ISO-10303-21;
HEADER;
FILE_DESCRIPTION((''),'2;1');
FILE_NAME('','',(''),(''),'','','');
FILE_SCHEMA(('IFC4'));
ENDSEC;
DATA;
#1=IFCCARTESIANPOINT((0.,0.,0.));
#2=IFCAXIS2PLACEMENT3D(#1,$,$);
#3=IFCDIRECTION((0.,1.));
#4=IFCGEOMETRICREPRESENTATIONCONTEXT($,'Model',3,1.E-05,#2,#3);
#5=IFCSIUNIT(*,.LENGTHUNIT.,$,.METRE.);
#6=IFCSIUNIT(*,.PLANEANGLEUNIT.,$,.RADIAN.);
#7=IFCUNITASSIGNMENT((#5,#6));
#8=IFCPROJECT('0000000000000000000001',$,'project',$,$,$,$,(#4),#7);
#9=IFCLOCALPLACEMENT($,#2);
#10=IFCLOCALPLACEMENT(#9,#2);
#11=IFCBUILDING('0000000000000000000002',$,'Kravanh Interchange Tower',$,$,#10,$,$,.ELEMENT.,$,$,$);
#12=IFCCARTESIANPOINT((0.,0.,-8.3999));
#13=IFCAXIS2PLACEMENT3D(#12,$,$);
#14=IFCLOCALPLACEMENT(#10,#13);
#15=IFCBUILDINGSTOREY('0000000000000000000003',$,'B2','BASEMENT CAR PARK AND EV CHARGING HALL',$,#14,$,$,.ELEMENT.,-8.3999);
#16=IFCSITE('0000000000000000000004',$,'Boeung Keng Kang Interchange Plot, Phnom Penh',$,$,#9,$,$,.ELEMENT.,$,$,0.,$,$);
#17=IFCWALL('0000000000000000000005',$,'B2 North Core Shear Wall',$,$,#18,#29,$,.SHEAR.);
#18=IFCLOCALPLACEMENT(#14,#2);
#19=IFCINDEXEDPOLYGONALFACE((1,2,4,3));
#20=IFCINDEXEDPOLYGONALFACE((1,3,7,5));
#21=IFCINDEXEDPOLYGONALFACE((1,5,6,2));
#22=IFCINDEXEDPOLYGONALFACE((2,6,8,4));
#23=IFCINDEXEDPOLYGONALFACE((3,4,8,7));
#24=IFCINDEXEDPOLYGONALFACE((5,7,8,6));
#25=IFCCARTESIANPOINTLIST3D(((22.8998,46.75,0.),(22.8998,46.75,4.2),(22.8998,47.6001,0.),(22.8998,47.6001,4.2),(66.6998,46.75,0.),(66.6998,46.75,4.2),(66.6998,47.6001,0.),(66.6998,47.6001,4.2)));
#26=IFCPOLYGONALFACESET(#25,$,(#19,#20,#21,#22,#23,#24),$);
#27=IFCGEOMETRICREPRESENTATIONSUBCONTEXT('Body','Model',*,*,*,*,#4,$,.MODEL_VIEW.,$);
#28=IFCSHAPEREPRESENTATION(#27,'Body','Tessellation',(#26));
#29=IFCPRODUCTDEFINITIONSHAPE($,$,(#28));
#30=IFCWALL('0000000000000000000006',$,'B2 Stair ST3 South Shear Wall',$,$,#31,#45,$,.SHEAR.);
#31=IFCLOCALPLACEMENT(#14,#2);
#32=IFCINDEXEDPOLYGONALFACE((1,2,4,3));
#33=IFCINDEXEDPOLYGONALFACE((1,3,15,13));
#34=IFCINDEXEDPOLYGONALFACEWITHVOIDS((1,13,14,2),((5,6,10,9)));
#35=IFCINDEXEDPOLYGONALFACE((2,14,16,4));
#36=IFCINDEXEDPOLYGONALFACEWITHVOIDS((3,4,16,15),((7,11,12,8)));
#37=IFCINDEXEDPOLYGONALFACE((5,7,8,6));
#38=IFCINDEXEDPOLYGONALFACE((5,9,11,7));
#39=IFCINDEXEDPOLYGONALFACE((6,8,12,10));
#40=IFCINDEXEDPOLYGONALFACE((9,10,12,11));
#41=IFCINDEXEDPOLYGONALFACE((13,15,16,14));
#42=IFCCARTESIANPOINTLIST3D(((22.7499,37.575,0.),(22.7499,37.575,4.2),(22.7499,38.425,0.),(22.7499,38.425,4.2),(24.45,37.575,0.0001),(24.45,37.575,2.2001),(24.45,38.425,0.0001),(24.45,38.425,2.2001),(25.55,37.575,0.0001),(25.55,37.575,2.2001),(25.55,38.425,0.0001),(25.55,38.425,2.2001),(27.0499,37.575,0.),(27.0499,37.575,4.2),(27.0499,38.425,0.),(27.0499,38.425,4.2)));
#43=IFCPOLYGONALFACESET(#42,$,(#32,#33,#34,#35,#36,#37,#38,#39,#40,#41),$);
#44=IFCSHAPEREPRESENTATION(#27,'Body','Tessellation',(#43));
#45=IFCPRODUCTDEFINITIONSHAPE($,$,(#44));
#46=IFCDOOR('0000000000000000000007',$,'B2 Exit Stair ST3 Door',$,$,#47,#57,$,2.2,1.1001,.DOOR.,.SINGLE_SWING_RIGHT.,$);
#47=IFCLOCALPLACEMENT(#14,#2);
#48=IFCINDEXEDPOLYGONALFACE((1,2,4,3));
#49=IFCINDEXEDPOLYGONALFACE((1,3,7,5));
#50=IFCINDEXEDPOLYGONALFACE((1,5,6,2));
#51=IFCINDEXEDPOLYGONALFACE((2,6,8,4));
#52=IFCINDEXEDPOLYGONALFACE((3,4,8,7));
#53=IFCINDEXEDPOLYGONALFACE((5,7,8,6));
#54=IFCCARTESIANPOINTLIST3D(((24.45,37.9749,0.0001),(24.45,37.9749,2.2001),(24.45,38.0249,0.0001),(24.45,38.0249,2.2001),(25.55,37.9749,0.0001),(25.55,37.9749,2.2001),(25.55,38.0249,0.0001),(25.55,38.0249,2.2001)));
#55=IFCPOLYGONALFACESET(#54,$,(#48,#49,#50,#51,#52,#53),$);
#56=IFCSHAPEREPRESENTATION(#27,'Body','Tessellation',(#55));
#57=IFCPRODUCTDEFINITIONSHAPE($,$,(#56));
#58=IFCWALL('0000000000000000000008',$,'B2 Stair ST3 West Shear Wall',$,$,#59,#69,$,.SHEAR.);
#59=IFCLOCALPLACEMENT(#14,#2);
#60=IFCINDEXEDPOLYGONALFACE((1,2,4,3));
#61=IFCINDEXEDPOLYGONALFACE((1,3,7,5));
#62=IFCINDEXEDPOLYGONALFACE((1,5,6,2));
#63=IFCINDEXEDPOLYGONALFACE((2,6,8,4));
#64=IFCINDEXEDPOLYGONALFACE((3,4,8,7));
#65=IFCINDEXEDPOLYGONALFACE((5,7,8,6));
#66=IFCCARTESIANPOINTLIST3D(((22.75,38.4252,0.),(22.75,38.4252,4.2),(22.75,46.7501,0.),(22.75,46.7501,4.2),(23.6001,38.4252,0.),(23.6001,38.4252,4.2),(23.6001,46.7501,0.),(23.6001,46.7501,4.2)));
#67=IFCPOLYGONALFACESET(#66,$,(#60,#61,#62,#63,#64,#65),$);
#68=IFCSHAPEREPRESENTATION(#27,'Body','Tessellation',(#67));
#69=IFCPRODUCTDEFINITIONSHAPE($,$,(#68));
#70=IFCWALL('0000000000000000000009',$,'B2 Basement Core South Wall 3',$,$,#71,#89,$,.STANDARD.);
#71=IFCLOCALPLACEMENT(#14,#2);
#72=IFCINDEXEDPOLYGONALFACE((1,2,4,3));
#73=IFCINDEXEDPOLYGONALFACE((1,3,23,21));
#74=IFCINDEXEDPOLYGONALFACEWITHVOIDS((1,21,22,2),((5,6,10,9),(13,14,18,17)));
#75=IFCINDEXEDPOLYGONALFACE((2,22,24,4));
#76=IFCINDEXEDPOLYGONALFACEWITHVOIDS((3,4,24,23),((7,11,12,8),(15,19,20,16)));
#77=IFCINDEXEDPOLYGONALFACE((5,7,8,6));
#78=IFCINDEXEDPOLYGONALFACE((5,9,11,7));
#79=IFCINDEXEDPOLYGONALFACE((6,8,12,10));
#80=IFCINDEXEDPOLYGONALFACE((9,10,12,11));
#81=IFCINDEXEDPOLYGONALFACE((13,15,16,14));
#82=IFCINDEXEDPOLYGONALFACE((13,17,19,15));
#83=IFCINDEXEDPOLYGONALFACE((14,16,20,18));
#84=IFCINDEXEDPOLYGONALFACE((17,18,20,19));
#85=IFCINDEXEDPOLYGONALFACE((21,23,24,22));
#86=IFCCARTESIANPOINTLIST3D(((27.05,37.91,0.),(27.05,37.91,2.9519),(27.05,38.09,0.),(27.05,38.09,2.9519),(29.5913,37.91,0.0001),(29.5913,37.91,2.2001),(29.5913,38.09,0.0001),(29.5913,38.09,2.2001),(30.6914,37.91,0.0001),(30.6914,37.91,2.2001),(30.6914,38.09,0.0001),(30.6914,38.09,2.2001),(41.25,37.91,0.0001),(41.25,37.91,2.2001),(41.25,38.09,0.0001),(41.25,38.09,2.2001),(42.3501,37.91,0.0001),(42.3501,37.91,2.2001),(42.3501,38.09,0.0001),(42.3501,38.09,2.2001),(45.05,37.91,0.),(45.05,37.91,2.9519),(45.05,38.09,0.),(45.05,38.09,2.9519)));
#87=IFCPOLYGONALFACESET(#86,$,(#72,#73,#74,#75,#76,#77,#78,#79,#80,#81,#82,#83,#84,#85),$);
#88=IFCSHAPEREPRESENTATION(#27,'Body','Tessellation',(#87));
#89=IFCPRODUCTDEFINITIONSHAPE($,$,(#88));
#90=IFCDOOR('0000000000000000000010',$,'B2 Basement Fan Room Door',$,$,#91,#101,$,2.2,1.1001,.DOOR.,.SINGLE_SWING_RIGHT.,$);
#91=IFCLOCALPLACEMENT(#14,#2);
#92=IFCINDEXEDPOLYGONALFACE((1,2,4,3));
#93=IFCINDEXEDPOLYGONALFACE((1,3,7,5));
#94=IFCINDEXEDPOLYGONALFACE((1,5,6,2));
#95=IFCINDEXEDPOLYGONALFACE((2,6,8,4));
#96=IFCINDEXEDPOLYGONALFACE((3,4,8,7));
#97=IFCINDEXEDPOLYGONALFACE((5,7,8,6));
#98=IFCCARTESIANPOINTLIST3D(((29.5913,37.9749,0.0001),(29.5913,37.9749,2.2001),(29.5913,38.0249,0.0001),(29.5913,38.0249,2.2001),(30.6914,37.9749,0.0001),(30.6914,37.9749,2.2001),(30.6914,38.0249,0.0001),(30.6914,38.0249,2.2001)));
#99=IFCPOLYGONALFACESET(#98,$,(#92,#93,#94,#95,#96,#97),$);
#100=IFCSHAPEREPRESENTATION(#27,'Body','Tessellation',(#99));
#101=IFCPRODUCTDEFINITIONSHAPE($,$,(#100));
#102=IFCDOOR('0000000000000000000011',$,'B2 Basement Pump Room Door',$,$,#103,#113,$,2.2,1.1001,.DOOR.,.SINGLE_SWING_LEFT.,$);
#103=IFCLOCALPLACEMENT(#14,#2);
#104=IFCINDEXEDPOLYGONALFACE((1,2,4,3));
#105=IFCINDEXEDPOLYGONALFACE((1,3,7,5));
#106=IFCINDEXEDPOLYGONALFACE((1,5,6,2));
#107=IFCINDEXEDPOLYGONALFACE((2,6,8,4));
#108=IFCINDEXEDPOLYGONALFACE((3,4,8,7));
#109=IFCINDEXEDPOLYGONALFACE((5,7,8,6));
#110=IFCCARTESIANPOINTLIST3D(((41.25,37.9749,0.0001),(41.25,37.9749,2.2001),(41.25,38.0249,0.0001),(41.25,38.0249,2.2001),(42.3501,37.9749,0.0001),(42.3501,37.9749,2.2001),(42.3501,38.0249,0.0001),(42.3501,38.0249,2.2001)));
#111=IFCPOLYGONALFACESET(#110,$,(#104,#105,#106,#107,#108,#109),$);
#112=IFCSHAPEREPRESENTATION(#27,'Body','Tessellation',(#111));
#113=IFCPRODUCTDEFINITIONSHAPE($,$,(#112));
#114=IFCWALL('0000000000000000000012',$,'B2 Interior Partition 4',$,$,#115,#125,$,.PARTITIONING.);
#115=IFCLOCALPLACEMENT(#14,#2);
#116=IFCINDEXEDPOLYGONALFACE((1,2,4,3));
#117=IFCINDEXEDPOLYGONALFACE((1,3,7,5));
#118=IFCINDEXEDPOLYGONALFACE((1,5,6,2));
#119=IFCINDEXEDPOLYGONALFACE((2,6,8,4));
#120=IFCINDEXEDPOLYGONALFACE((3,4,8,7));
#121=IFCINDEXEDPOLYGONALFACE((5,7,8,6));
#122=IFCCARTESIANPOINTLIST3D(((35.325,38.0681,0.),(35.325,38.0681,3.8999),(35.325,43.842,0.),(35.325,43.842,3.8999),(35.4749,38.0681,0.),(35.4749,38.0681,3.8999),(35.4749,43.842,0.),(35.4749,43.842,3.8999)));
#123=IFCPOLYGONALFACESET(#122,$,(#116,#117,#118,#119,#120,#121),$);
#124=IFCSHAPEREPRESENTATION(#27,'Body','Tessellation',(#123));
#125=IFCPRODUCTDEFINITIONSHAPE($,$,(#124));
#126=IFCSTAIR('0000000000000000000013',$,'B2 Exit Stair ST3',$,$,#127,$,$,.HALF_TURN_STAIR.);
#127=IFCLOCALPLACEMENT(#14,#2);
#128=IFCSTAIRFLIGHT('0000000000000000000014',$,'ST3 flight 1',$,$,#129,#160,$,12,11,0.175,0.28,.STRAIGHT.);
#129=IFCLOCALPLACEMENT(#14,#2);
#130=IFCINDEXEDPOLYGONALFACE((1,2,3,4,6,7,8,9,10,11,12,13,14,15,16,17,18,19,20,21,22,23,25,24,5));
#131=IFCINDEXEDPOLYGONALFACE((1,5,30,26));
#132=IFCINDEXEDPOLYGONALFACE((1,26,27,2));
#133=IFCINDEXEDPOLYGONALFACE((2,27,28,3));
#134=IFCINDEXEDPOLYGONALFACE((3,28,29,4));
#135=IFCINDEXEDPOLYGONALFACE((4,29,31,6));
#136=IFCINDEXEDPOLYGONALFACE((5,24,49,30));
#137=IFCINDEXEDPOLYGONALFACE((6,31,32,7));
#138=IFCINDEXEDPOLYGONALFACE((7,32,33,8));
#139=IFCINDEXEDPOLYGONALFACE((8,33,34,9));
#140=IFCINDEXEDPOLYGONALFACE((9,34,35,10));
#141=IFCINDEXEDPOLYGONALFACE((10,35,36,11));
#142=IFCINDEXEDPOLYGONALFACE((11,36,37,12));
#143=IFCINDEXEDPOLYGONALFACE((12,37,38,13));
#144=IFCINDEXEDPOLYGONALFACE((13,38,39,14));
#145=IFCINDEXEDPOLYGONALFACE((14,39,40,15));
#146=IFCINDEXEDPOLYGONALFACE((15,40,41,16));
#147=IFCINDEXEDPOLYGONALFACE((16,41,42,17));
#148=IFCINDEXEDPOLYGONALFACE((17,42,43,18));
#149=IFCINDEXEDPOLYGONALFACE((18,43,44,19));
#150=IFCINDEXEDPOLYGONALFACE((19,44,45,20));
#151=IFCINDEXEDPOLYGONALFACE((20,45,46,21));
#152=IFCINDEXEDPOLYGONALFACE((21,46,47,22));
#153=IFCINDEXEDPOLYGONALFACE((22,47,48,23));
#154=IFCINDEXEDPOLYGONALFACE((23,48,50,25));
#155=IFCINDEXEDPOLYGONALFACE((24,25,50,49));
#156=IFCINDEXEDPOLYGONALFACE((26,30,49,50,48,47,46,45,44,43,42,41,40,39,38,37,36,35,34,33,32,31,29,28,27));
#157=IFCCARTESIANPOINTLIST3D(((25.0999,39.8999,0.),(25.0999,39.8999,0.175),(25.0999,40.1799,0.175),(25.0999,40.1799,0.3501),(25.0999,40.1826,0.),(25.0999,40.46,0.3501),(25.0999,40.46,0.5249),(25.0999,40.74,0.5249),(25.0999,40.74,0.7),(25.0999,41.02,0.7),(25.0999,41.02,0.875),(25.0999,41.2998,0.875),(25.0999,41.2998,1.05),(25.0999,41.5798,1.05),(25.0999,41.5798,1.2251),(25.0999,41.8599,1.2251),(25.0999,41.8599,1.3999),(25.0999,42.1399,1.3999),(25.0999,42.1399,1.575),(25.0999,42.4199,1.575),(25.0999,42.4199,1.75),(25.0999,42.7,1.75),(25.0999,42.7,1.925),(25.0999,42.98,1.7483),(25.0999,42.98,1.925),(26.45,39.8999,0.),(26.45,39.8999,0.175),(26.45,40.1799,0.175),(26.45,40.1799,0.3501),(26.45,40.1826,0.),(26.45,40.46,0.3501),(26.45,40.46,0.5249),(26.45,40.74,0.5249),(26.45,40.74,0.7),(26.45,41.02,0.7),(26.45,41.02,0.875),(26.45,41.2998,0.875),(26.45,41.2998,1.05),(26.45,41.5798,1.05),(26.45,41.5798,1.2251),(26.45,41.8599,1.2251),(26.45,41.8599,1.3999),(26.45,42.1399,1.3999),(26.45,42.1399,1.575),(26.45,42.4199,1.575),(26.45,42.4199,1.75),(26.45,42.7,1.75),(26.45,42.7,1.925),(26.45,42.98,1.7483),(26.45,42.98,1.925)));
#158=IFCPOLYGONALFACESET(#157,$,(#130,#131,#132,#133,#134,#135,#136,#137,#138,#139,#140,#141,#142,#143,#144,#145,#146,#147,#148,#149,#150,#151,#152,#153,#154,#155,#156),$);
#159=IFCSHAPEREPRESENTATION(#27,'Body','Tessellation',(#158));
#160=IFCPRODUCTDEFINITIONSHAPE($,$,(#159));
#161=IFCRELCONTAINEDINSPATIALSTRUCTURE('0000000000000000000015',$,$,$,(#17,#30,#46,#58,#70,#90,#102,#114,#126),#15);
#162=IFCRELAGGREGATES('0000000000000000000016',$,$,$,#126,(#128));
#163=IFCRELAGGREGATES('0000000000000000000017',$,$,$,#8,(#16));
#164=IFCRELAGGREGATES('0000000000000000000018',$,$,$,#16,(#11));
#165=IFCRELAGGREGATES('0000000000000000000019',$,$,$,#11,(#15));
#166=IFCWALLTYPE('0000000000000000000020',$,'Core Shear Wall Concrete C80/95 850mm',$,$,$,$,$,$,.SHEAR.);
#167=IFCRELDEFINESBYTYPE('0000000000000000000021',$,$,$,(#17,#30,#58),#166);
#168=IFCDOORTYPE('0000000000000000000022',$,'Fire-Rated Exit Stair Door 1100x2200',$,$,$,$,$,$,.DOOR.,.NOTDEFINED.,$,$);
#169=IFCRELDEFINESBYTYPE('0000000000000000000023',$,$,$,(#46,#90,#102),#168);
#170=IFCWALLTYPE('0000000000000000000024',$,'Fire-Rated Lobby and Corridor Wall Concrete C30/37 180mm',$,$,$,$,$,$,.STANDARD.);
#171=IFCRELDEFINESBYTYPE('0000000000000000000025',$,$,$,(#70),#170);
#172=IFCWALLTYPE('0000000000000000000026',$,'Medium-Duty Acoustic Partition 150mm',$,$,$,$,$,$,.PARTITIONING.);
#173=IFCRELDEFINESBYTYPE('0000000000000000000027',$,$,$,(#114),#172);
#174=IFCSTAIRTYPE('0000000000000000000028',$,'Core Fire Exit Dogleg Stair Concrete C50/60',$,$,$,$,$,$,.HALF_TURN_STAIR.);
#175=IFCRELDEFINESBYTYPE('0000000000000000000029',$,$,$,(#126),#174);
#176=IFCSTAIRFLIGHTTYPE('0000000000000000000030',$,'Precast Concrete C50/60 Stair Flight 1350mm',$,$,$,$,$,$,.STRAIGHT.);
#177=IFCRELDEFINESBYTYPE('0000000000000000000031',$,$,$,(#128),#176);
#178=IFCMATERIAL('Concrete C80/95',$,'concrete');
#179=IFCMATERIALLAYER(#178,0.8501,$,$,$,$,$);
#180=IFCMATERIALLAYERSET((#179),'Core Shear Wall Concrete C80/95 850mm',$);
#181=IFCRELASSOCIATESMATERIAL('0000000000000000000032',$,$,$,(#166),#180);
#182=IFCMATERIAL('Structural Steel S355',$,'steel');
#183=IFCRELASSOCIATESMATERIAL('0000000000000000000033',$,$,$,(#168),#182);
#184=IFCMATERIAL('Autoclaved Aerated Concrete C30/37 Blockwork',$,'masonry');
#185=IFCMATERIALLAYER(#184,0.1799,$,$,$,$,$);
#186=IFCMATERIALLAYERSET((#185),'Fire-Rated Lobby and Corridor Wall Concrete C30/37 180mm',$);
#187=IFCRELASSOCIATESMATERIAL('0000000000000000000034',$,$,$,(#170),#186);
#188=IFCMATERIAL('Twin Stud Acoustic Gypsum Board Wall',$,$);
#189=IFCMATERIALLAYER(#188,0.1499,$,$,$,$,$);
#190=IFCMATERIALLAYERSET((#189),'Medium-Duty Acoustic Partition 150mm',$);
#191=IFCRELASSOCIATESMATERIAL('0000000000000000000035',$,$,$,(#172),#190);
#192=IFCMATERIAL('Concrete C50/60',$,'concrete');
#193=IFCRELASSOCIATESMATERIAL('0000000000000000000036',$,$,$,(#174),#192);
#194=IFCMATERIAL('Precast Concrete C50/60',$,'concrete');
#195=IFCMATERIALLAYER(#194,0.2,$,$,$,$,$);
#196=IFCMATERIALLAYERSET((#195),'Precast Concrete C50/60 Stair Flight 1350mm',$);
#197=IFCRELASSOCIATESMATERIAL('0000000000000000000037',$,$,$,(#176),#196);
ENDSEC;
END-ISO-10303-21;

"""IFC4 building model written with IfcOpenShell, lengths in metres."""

from ifc_helpers import new_model, si_unit, direction, frame, frame_2d, origin, place, context, subcontext, project, spatial, polyline, rectangle, outline, extrude, material, layer, layer_set, type_object, element, fill, aggregate, save


model = new_model("IFC4")

# Units and contexts
model_context = context("Model", 3, precision=1e-05, world=origin(), true_north=direction((0.0, 1.0)))
body_context = subcontext(model_context, "Body", "Model", "MODEL_VIEW")
ifc_project = project(units=[si_unit("LENGTHUNIT", "METRE"), si_unit("PLANEANGLEUNIT", "RADIAN")], contexts=[model_context])

# Site, building, storey
site_placement = place(None, origin())
site = spatial("IfcSite", under=ifc_project, at=site_placement, Name="Boeung Keng Kang Interchange Plot, Phnom Penh", CompositionType="ELEMENT", RefElevation=0.0)
building_placement = place(site_placement, origin())
building = spatial("IfcBuilding", under=site, at=building_placement, Name="Kravanh Interchange Tower", CompositionType="ELEMENT")
storey_placement = place(building_placement, frame((0.0, 0.0, -8.3999)))
storey = spatial("IfcBuildingStorey", under=building, at=storey_placement, Name="B2", Description="BASEMENT CAR PARK AND EV CHARGING HALL", CompositionType="ELEMENT", Elevation=-8.3999)

# Wall
ifc_material_1 = material(Name="Concrete C80/95", Category="concrete")
ifc_layer_1 = layer(ifc_material_1, 0.8501)
ifc_layer_set_1 = layer_set([ifc_layer_1], Name="Core Shear Wall Concrete C80/95 850mm")
wall_type_1 = type_object("IfcWallType", Name="Core Shear Wall Concrete C80/95 850mm", PredefinedType="SHEAR", material=ifc_layer_set_1)
wall_1_placement = place(storey_placement, frame((22.8999, 47.175, 0.0), z_axis=(0.0, 0.0, 1.0), x_axis=(1.0, 0.0, 0.0)))
element("IfcWall", 1, at=wall_1_placement, inside=storey, type_object=wall_type_1, Name="B2 North Core Shear Wall", PredefinedType="SHEAR", context=body_context, shape_type="SweptSolid", body=[
    extrude(rectangle(XDim=43.8, YDim=0.8501, at=frame_2d((21.8999, 0.0))), origin(), (0.0, 0.0, 1.0), 4.2),
])

# Wall, opening, door
wall_2_placement = place(storey_placement, frame((22.75, 38.0, 0.0), z_axis=(0.0, 0.0, 1.0), x_axis=(1.0, 0.0, 0.0)))
wall_2 = element("IfcWall", 2, at=wall_2_placement, inside=storey, type_object=wall_type_1, Name="B2 Stair ST3 South Shear Wall", PredefinedType="SHEAR", context=body_context, shape_type="SweptSolid", body=[
    extrude(rectangle(XDim=4.3, YDim=0.8501, at=frame_2d((2.1499, 0.0))), origin(), (0.0, 0.0, 1.0), 4.2),
])
opening_1_placement = place(wall_2_placement, frame((1.7, 0.0, 0.0)))
opening_1 = element("IfcOpeningElement", 3, at=opening_1_placement, cuts=wall_2, PredefinedType="OPENING", context=body_context, shape_type="SweptSolid", body=[
    extrude(rectangle(XDim=1.1001, YDim=2.2, at=frame_2d((0.55, 1.1001))), frame((0.0, 0.4351, 0.0), z_axis=(0.0, -1.0, 0.0), x_axis=(1.0, 0.0, 0.0)), (0.0, 0.0, 1.0), 0.8701),
])
ifc_material_2 = material(Name="Structural Steel S355", Category="steel")
door_type = type_object("IfcDoorType", Name="Fire-Rated Exit Stair Door 1100x2200", OperationType="NOTDEFINED", PredefinedType="DOOR", material=ifc_material_2)
door_1_placement = place(opening_1_placement, origin())
door_1 = element("IfcDoor", 4, at=door_1_placement, inside=storey, type_object=door_type, Name="B2 Exit Stair ST3 Door", OperationType="SINGLE_SWING_RIGHT", OverallHeight=2.2, OverallWidth=1.1001, PredefinedType="DOOR", context=body_context, shape_type="SweptSolid", body=[
    extrude(rectangle(XDim=1.1001, YDim=2.2, at=frame_2d((0.55, 1.1001))), frame((0.0, 0.0249, 0.0), z_axis=(0.0, -1.0, 0.0), x_axis=(1.0, 0.0, 0.0)), (0.0, 0.0, 1.0), 0.05),
])
fill(opening_1, door_1)

# Wall
wall_3_placement = place(storey_placement, frame((23.175, 38.425, 0.0), z_axis=(0.0, 0.0, 1.0), x_axis=(0.0, 1.0, 0.0)))
element("IfcWall", 5, at=wall_3_placement, inside=storey, type_object=wall_type_1, Name="B2 Stair ST3 West Shear Wall", PredefinedType="SHEAR", context=body_context, shape_type="SweptSolid", body=[
    extrude(rectangle(XDim=8.325, YDim=0.8501, at=frame_2d((4.1626, 0.0))), origin(), (0.0, 0.0, 1.0), 4.2),
])

# Wall, openings, doors
ifc_material_3 = material(Name="Autoclaved Aerated Concrete C30/37 Blockwork", Category="masonry")
ifc_layer_2 = layer(ifc_material_3, 0.1799)
ifc_layer_set_2 = layer_set([ifc_layer_2], Name="Fire-Rated Lobby and Corridor Wall Concrete C30/37 180mm")
wall_type_2 = type_object("IfcWallType", Name="Fire-Rated Lobby and Corridor Wall Concrete C30/37 180mm", PredefinedType="STANDARD", material=ifc_layer_set_2)
wall_4_placement = place(storey_placement, frame((27.05, 38.0, 0.0), z_axis=(0.0, 0.0, 1.0), x_axis=(1.0, 0.0, 0.0)))
wall_4 = element("IfcWall", 6, at=wall_4_placement, inside=storey, type_object=wall_type_2, Name="B2 Basement Core South Wall 3", PredefinedType="STANDARD", context=body_context, shape_type="SweptSolid", body=[
    extrude(rectangle(XDim=18.0, YDim=0.1799, at=frame_2d((9.0, 0.0))), origin(), (0.0, 0.0, 1.0), 2.9519),
])
opening_2_placement = place(wall_4_placement, frame((2.5413, 0.0, 0.0)))
opening_2 = element("IfcOpeningElement", 7, at=opening_2_placement, cuts=wall_4, PredefinedType="OPENING", context=body_context, shape_type="SweptSolid", body=[
    extrude(rectangle(XDim=1.1001, YDim=2.2, at=frame_2d((0.55, 1.1001))), frame((0.0, 0.1001, 0.0), z_axis=(0.0, -1.0, 0.0), x_axis=(1.0, 0.0, 0.0)), (0.0, 0.0, 1.0), 0.2),
])
opening_3_placement = place(wall_4_placement, frame((14.2, 0.0, 0.0)))
opening_3 = element("IfcOpeningElement", 8, at=opening_3_placement, cuts=wall_4, PredefinedType="OPENING", context=body_context, shape_type="SweptSolid", body=[
    extrude(rectangle(XDim=1.1001, YDim=2.2, at=frame_2d((0.55, 1.1001))), frame((0.0, 0.1001, 0.0), z_axis=(0.0, -1.0, 0.0), x_axis=(1.0, 0.0, 0.0)), (0.0, 0.0, 1.0), 0.2),
])
door_2_placement = place(opening_2_placement, origin())
door_2 = element("IfcDoor", 9, at=door_2_placement, inside=storey, type_object=door_type, Name="B2 Basement Fan Room Door", OperationType="SINGLE_SWING_RIGHT", OverallHeight=2.2, OverallWidth=1.1001, PredefinedType="DOOR", context=body_context, shape_type="SweptSolid", body=[
    extrude(rectangle(XDim=1.1001, YDim=2.2, at=frame_2d((0.55, 1.1001))), frame((0.0, 0.0249, 0.0), z_axis=(0.0, -1.0, 0.0), x_axis=(1.0, 0.0, 0.0)), (0.0, 0.0, 1.0), 0.05),
])
fill(opening_2, door_2)
door_3_placement = place(opening_3_placement, origin())
door_3 = element("IfcDoor", 10, at=door_3_placement, inside=storey, type_object=door_type, Name="B2 Basement Pump Room Door", OperationType="SINGLE_SWING_LEFT", OverallHeight=2.2, OverallWidth=1.1001, PredefinedType="DOOR", context=body_context, shape_type="SweptSolid", body=[
    extrude(rectangle(XDim=1.1001, YDim=2.2, at=frame_2d((0.55, 1.1001))), frame((0.0, 0.0249, 0.0), z_axis=(0.0, -1.0, 0.0), x_axis=(1.0, 0.0, 0.0)), (0.0, 0.0, 1.0), 0.05),
])
fill(opening_3, door_3)

# Wall
ifc_material_4 = material(Name="Twin Stud Acoustic Gypsum Board Wall")
ifc_layer_3 = layer(ifc_material_4, 0.1499)
ifc_layer_set_3 = layer_set([ifc_layer_3], Name="Medium-Duty Acoustic Partition 150mm")
wall_type_3 = type_object("IfcWallType", Name="Medium-Duty Acoustic Partition 150mm", PredefinedType="PARTITIONING", material=ifc_layer_set_3)
wall_5_placement = place(storey_placement, frame((35.3999, 38.0681, 0.0), z_axis=(0.0, 0.0, 1.0), x_axis=(0.0, 1.0, 0.0)))
element("IfcWall", 11, at=wall_5_placement, inside=storey, type_object=wall_type_3, Name="B2 Interior Partition 4", PredefinedType="PARTITIONING", context=body_context, shape_type="SweptSolid", body=[
    extrude(rectangle(XDim=5.7739, YDim=0.1499, at=frame_2d((2.887, 0.0))), origin(), (0.0, 0.0, 1.0), 3.8999),
])

# Stair, stair flight
ifc_material_5 = material(Name="Concrete C50/60", Category="concrete")
stair_type = type_object("IfcStairType", Name="Core Fire Exit Dogleg Stair Concrete C50/60", PredefinedType="HALF_TURN_STAIR", material=ifc_material_5)
stair_placement = place(storey_placement, origin())
stair = element("IfcStair", 12, at=stair_placement, inside=storey, type_object=stair_type, Name="B2 Exit Stair ST3", PredefinedType="HALF_TURN_STAIR")
ifc_material_6 = material(Name="Precast Concrete C50/60", Category="concrete")
ifc_layer_4 = layer(ifc_material_6, 0.2)
ifc_layer_set_4 = layer_set([ifc_layer_4], Name="Precast Concrete C50/60 Stair Flight 1350mm")
stair_flight_type = type_object("IfcStairFlightType", Name="Precast Concrete C50/60 Stair Flight 1350mm", PredefinedType="STRAIGHT", material=ifc_layer_set_4)
stair_flight_1_placement = place(storey_placement, frame((25.7749, 39.8999, 0.0), z_axis=(0.0, 0.0, 1.0), x_axis=(0.0, 1.0, 0.0)))
stair_flight_1 = element("IfcStairFlight", 13, at=stair_flight_1_placement, type_object=stair_flight_type, Name="ST3 flight 1", NumberOfRisers=12, NumberOfTreads=11, PredefinedType="STRAIGHT", RiserHeight=0.175, TreadLength=0.28, context=body_context, shape_type="SweptSolid", body=[
    extrude(outline(polyline([(0.0, 0.0), (0.0, 0.175), (0.28, 0.175), (0.28, 0.3501), (0.5601, 0.3501), (0.5601, 0.5249), (0.8401, 0.5249), (0.8401, 0.7), (1.1201, 0.7), (1.1201, 0.875), (1.3999, 0.875), (1.3999, 1.05), (1.6799, 1.05), (1.6799, 1.2251), (1.96, 1.2251), (1.96, 1.3999), (2.24, 1.3999), (2.24, 1.575), (2.52, 1.575), (2.52, 1.75), (2.8, 1.75), (2.8, 1.925), (3.0801, 1.925), (3.0801, 2.1001), (3.0801, 1.7483), (0.2827, 0.0), (0.0, 0.0)])), frame((0.0, 0.675, 0.0), z_axis=(0.0, -1.0, 0.0), x_axis=(1.0, 0.0, 0.0)), (0.0, 0.0, 1.0), 1.3501),
])
aggregate(stair, [stair_flight_1])

save(model, "model.ifc")
